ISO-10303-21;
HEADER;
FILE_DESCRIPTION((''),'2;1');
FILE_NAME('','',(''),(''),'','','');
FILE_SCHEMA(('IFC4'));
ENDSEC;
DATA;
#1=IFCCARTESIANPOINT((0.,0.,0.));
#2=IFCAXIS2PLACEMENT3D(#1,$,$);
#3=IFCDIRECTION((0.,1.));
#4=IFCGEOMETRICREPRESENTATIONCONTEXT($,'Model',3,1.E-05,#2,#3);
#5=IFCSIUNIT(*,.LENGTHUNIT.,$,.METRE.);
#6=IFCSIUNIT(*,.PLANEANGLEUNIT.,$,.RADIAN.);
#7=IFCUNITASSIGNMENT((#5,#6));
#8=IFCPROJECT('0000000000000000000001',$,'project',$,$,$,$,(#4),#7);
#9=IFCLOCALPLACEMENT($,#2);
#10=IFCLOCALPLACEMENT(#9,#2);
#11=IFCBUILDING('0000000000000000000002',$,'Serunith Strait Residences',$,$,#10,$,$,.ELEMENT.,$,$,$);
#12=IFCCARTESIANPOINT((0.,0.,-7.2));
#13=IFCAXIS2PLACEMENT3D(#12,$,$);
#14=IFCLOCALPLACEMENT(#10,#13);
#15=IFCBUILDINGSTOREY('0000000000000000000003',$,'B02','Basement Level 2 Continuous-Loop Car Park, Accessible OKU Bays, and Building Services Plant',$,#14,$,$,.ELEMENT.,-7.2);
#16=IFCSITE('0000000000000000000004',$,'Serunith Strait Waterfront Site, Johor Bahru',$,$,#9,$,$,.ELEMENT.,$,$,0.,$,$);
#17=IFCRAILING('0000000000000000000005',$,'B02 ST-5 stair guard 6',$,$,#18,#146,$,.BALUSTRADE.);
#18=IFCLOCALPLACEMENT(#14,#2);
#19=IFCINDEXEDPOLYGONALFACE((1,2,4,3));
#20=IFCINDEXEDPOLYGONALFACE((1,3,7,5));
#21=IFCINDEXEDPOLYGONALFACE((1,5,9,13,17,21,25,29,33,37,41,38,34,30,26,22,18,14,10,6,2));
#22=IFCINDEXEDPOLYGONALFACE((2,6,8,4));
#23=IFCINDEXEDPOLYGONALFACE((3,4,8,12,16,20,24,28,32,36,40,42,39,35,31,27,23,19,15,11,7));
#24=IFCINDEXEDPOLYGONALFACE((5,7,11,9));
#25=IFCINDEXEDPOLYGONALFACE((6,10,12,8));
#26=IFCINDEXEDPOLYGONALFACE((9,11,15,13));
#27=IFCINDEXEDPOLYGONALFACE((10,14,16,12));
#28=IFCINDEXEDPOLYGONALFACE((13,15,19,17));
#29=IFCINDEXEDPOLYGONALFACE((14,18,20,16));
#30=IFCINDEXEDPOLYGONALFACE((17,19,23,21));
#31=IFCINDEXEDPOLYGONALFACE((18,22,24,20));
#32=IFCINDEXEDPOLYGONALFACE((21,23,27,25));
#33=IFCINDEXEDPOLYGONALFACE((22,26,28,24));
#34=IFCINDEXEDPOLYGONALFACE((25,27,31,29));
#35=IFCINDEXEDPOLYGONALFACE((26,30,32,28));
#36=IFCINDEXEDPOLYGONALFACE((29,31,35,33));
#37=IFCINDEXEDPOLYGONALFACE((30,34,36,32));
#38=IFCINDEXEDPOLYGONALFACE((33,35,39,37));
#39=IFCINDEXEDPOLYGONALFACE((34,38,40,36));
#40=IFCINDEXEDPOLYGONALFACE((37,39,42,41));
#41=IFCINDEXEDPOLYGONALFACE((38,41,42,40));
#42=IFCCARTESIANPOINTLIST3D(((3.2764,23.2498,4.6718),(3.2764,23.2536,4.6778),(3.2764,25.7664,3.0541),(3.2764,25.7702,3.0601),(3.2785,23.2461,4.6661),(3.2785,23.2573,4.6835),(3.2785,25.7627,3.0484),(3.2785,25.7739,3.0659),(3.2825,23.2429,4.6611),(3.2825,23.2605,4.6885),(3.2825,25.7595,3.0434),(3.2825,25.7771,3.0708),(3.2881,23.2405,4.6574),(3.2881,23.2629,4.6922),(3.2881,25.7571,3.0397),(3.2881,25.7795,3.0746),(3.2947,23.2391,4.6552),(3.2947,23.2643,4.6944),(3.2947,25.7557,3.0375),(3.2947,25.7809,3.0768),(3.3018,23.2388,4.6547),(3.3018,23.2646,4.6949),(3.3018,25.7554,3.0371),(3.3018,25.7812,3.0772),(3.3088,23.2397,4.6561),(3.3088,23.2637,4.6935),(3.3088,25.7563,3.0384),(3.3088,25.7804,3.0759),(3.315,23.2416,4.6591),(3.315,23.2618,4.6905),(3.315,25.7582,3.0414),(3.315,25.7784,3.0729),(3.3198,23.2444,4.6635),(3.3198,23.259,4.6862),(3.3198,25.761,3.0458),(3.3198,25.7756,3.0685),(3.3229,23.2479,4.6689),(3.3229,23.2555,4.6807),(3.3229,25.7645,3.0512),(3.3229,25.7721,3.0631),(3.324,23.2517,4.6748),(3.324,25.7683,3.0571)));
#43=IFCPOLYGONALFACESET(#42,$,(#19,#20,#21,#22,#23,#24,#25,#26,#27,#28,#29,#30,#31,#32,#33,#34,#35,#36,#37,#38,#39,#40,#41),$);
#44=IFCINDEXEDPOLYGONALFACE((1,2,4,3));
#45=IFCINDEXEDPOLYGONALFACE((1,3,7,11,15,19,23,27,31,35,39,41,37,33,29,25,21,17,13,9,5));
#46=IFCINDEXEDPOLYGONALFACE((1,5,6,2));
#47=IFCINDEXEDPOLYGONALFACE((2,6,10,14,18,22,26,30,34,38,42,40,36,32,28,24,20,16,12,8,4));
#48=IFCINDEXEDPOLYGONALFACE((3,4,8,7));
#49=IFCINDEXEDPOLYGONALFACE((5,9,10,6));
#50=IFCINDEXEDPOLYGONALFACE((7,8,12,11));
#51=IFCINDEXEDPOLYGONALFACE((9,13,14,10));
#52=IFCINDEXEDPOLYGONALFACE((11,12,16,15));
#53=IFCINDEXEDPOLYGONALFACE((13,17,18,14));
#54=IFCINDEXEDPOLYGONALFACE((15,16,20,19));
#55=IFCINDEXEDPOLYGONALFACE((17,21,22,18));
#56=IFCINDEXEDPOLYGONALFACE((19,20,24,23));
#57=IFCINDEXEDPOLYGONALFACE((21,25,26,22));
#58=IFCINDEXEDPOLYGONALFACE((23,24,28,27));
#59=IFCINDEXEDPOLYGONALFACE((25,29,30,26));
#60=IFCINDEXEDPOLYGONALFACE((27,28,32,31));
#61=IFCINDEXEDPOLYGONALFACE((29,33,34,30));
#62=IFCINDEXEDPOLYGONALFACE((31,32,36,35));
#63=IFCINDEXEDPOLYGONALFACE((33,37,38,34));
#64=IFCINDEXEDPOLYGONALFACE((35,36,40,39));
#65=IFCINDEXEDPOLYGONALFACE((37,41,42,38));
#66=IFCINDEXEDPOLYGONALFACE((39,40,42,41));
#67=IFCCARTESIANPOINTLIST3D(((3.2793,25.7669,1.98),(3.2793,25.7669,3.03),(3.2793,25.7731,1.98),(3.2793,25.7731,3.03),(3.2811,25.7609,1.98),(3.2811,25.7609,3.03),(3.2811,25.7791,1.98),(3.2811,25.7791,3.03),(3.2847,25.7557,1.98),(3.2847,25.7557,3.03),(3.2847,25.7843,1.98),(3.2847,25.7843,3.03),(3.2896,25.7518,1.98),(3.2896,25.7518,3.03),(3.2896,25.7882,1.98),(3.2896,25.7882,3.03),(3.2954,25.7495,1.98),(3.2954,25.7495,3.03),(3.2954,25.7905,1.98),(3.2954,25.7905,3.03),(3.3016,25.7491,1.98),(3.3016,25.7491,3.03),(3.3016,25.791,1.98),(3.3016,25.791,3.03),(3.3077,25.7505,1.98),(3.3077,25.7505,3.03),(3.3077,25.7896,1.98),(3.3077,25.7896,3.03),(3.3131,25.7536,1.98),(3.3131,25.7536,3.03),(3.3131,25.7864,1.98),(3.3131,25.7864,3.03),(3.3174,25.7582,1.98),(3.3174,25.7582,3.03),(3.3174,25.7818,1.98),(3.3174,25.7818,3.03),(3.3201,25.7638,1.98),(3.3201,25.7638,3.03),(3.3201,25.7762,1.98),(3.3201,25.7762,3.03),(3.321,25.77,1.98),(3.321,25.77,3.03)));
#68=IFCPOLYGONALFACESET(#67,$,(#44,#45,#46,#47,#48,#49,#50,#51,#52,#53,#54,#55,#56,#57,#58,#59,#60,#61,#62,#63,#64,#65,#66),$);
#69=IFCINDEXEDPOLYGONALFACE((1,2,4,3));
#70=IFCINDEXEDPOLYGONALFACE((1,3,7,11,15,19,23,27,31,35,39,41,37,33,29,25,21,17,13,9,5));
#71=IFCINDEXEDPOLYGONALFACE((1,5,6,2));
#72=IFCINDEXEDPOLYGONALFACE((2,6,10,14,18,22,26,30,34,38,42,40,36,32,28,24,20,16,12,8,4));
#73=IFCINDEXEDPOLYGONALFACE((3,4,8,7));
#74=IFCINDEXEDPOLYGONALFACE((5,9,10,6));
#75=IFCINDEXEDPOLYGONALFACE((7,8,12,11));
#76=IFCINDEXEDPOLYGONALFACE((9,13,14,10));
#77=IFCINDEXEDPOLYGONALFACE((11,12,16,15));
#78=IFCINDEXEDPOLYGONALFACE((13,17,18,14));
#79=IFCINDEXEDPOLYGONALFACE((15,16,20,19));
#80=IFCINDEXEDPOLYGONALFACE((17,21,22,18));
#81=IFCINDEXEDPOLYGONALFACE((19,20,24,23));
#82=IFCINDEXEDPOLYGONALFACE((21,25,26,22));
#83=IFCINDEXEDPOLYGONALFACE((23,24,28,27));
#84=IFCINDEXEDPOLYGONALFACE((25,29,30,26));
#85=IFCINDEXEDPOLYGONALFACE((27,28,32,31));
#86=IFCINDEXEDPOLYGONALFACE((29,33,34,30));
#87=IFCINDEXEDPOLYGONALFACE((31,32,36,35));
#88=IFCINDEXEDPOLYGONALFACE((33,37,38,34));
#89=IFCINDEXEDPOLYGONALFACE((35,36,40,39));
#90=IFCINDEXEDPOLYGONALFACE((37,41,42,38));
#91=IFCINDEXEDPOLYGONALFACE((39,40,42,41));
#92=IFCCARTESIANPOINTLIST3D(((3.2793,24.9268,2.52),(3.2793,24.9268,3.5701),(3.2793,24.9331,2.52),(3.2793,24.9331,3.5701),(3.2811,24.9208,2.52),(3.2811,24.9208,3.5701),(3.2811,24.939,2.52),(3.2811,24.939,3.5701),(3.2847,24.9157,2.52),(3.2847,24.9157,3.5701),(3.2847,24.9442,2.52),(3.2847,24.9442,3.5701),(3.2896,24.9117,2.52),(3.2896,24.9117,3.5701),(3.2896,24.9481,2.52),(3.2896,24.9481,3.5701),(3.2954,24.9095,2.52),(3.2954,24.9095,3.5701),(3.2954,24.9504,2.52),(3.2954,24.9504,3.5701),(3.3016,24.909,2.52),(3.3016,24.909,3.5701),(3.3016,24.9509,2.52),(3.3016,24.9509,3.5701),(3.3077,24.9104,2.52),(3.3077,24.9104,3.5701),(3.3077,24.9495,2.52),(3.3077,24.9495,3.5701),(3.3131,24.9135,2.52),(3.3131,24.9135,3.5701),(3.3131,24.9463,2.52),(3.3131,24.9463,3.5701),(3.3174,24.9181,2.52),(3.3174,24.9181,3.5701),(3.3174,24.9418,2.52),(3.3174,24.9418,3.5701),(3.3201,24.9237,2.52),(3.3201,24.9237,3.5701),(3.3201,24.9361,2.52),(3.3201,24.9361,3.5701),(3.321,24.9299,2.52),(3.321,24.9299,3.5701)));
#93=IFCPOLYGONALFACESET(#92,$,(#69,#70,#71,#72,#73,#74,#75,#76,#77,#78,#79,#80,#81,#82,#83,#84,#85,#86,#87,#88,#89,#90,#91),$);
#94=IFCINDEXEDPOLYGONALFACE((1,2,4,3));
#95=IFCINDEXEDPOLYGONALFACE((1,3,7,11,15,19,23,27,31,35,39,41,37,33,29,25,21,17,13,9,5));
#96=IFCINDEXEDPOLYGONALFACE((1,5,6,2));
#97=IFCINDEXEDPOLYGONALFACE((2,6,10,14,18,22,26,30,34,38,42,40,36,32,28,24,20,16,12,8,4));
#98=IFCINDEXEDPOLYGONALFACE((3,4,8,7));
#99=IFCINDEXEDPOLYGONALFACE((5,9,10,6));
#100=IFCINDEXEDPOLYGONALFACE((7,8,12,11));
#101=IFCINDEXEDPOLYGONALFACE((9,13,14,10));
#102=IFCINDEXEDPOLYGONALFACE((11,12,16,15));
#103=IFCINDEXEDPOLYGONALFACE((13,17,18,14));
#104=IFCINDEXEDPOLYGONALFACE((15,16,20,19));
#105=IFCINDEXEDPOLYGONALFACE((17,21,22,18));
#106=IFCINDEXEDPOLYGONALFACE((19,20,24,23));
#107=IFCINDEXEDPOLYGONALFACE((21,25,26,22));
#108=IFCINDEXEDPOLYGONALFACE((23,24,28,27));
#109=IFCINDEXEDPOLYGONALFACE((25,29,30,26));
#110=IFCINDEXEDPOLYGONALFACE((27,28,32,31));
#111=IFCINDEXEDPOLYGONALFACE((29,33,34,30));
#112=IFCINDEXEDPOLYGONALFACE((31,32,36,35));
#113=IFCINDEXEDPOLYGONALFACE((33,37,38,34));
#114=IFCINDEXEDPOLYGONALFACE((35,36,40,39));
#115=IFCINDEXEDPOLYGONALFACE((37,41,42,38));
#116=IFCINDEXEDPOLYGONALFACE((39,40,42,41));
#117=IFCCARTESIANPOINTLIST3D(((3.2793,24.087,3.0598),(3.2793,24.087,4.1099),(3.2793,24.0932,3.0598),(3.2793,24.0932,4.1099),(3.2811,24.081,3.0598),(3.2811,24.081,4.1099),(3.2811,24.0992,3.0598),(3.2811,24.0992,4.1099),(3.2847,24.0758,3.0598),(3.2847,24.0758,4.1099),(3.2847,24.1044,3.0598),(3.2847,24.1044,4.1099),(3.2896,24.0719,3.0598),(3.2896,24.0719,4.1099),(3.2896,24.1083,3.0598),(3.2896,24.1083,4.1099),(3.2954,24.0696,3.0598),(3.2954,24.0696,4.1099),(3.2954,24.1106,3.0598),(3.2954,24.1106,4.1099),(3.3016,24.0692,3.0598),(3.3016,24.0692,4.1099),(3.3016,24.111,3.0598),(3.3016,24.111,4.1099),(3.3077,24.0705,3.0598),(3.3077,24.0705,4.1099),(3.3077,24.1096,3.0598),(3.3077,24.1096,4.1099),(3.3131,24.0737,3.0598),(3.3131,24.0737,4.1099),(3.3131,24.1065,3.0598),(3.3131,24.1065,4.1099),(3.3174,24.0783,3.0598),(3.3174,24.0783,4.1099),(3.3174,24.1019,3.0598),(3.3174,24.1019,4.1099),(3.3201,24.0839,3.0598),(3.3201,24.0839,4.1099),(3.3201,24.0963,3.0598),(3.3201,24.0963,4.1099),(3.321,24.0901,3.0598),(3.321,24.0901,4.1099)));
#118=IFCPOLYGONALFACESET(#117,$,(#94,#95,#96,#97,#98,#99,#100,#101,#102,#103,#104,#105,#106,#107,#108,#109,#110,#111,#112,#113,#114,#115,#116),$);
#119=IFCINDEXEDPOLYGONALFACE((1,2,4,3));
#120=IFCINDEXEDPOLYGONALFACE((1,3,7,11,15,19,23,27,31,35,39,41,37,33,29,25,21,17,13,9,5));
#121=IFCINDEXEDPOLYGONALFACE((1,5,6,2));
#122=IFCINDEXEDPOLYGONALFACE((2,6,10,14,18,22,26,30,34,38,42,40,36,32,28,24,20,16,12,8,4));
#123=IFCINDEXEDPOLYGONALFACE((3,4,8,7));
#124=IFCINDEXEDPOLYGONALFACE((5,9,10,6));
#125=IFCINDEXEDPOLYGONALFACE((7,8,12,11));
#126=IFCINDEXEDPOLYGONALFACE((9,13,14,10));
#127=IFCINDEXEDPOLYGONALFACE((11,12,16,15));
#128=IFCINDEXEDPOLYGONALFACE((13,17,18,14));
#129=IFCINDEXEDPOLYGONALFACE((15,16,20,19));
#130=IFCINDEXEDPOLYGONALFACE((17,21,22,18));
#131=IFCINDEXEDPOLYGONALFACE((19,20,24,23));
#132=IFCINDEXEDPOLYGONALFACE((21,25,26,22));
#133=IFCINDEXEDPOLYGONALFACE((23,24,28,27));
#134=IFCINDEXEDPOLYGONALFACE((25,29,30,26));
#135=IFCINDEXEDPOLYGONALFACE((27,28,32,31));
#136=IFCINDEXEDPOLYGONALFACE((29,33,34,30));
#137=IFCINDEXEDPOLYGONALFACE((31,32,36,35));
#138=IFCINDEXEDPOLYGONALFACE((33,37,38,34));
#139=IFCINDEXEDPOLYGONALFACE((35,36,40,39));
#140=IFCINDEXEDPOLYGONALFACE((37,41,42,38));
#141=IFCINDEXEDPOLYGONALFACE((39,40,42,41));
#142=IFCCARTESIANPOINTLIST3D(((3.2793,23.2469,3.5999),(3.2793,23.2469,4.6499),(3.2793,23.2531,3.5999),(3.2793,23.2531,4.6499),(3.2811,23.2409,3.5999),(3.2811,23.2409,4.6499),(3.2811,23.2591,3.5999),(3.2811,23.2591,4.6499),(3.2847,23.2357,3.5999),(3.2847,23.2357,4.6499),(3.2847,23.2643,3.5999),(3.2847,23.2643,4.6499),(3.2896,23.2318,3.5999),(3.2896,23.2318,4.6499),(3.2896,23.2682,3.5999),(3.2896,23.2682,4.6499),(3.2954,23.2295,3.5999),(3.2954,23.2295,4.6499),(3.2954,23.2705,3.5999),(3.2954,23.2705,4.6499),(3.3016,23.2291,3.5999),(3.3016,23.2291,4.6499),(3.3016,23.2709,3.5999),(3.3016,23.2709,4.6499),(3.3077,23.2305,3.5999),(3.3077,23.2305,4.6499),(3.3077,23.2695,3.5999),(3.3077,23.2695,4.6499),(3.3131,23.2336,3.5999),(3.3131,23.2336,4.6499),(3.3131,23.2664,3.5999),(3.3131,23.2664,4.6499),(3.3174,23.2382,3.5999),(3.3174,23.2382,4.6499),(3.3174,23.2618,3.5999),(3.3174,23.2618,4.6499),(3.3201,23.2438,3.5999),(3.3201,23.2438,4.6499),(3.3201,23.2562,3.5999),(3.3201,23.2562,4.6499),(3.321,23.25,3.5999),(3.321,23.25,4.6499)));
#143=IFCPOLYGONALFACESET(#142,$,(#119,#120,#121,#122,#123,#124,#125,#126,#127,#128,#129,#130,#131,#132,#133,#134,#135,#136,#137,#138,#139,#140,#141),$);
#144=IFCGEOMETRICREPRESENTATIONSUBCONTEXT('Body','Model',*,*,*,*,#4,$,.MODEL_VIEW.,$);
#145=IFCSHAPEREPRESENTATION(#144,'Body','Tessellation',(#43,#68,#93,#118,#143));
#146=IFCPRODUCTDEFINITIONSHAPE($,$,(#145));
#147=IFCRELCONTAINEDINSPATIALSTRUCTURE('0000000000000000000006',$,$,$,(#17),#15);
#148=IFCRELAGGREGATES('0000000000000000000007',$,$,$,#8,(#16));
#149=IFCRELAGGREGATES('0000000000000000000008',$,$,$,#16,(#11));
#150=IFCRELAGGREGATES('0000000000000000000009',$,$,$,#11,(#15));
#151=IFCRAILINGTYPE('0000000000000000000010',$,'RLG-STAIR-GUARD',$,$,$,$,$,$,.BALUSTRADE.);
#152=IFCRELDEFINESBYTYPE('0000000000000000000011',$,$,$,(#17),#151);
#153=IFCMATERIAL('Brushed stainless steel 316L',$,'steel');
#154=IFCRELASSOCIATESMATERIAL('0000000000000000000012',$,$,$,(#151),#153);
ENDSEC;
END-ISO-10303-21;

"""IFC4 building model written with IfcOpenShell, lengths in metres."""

from ifc_helpers import new_model, si_unit, direction, frame, origin, origin_2d, place, context, subcontext, project, spatial, circle, extrude, material, type_object, element, save


model = new_model("IFC4")

# Units and contexts
model_context = context("Model", 3, precision=1e-05, world=origin(), true_north=direction((0.0, 1.0)))
body_context = subcontext(model_context, "Body", "Model", "MODEL_VIEW")
ifc_project = project(units=[si_unit("LENGTHUNIT", "METRE"), si_unit("PLANEANGLEUNIT", "RADIAN")], contexts=[model_context])

# Site, building, storey
site_placement = place(None, origin())
site = spatial("IfcSite", under=ifc_project, at=site_placement, Name="Serunith Strait Waterfront Site, Johor Bahru", CompositionType="ELEMENT", RefElevation=0.0)
building_placement = place(site_placement, origin())
building = spatial("IfcBuilding", under=site, at=building_placement, Name="Serunith Strait Residences", CompositionType="ELEMENT")
storey_placement = place(building_placement, frame((0.0, 0.0, -7.2)))
storey = spatial("IfcBuildingStorey", under=building, at=storey_placement, Name="B02", Description="Basement Level 2 Continuous-Loop Car Park, Accessible OKU Bays, and Building Services Plant", CompositionType="ELEMENT", Elevation=-7.2)

# Railing
ifc_material_1 = material(Name="Brushed stainless steel 316L", Category="steel")
railing_type_1 = type_object("IfcRailingType", Name="RLG-STAIR-GUARD", PredefinedType="BALUSTRADE", material=ifc_material_1)
railing_1_placement = place(storey_placement, frame((3.3, 25.77, 1.98)))
element("IfcRailing", 1, at=railing_1_placement, inside=storey, type_object=railing_type_1, Name="B02 ST-5 stair guard 6", PredefinedType="BALUSTRADE", context=body_context, shape_type="SweptSolid", body=[
    extrude(circle(Radius=0.0239, at=origin_2d()), frame((0.0, -0.0017, 1.0771), z_axis=(0.0, -0.8412, 0.540725), x_axis=(1.0, 0.0, 0.0)), (0.0, 0.0, 1.0), 2.9917),
    extrude(circle(Radius=0.021, at=origin_2d()), origin(), (0.0, 0.0, 1.0), 1.05),
    extrude(circle(Radius=0.021, at=origin_2d()), frame((0.0, -0.8401, 0.54)), (0.0, 0.0, 1.0), 1.05),
    extrude(circle(Radius=0.021, at=origin_2d()), frame((0.0, -1.6799, 1.0798)), (0.0, 0.0, 1.0), 1.05),
    extrude(circle(Radius=0.021, at=origin_2d()), frame((0.0, -2.52, 1.6199)), (0.0, 0.0, 1.0), 1.05),
])

save(model, "model.ifc")
